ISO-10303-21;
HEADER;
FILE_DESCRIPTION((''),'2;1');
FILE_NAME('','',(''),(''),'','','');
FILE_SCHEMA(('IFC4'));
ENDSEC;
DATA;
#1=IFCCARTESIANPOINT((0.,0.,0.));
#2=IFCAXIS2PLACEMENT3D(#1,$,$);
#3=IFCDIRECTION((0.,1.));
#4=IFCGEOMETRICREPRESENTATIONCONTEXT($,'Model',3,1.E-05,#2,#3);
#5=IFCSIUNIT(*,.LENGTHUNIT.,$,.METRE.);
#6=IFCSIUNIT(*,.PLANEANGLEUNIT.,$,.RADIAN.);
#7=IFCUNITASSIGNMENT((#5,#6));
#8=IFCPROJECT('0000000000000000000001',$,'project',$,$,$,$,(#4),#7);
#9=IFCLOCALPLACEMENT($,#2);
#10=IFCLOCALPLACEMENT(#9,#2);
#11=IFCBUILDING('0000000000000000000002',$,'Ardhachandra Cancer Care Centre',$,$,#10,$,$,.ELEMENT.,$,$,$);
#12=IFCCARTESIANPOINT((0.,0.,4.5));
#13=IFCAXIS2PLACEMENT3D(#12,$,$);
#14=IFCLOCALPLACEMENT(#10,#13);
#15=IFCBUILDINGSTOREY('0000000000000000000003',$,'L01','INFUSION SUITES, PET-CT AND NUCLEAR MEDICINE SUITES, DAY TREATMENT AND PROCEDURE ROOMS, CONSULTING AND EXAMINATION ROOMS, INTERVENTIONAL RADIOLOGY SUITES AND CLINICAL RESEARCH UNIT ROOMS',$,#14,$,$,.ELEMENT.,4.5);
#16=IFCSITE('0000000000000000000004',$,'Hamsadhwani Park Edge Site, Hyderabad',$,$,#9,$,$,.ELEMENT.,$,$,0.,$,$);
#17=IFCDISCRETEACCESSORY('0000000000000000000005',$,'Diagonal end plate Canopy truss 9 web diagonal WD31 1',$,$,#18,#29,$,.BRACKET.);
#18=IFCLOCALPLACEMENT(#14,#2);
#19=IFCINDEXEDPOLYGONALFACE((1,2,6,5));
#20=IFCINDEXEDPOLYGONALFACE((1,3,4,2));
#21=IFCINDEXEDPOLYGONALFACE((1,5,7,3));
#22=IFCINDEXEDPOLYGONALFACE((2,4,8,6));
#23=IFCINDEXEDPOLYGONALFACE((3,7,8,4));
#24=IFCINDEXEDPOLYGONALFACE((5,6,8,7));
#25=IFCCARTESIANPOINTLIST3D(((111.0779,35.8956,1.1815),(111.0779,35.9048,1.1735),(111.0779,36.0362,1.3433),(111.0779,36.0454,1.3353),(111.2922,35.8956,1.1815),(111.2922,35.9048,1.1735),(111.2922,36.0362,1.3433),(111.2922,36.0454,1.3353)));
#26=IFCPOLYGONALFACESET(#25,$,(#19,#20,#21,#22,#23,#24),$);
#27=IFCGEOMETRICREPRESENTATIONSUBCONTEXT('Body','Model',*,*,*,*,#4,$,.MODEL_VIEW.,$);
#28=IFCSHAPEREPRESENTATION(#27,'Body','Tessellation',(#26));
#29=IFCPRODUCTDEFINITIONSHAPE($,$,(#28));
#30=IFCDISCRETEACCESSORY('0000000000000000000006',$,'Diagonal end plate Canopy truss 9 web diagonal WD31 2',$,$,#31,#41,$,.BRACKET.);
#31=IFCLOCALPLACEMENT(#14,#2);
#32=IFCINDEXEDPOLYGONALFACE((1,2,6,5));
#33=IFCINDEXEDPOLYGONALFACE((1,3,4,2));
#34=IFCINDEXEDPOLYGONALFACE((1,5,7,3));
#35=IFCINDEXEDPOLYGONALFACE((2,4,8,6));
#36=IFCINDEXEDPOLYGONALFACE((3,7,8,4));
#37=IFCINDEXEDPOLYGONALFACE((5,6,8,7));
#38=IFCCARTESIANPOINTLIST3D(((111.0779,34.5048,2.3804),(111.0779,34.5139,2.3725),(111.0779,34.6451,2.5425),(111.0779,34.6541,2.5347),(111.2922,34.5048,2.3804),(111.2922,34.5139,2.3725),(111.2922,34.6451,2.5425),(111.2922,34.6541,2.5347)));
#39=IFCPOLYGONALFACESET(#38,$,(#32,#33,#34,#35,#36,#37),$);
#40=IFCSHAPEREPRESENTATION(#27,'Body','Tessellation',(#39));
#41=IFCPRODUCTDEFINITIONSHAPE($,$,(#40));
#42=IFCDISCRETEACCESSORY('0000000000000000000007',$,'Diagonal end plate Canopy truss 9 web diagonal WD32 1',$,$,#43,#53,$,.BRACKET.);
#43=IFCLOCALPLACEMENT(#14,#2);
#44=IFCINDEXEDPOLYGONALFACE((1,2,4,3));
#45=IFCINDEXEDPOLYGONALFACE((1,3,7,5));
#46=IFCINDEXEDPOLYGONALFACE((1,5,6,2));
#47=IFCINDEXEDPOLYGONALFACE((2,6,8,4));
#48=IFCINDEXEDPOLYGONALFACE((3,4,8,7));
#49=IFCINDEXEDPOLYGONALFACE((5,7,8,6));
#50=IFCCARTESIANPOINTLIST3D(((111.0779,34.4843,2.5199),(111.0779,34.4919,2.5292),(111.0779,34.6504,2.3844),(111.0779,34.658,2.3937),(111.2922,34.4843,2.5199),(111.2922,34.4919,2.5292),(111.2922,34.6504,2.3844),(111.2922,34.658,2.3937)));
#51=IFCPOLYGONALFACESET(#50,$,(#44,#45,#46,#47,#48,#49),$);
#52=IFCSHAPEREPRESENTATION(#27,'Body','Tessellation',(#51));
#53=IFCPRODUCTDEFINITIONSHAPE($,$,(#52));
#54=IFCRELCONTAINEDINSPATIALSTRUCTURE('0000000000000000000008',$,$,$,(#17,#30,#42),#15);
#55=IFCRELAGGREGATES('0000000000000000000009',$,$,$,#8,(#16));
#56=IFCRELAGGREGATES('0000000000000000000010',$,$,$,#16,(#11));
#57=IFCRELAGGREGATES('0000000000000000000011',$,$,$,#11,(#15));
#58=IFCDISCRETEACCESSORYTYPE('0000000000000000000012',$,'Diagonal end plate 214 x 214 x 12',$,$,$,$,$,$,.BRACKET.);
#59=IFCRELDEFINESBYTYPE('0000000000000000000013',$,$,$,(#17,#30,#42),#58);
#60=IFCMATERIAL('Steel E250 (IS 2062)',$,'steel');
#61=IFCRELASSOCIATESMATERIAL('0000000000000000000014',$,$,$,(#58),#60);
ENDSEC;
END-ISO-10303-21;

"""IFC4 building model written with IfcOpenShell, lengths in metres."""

from ifc_helpers import new_model, si_unit, direction, frame, origin, origin_2d, place, context, subcontext, project, spatial, rectangle, extrude, material, material_profile, profile_set, type_object, element, save


model = new_model("IFC4")

# Units and contexts
model_context = context("Model", 3, precision=1e-05, world=origin(), true_north=direction((0.0, 1.0)))
body_context = subcontext(model_context, "Body", "Model", "MODEL_VIEW")
ifc_project = project(units=[si_unit("LENGTHUNIT", "METRE"), si_unit("PLANEANGLEUNIT", "RADIAN")], contexts=[model_context])

# Site, building, storey
site_placement = place(None, origin())
site = spatial("IfcSite", under=ifc_project, at=site_placement, Name="Hamsadhwani Park Edge Site, Hyderabad", CompositionType="ELEMENT", RefElevation=0.0)
building_placement = place(site_placement, origin())
building = spatial("IfcBuilding", under=site, at=building_placement, Name="Ardhachandra Cancer Care Centre", CompositionType="ELEMENT")
storey_placement = place(building_placement, frame((0.0, 0.0, 4.5)))
storey = spatial("IfcBuildingStorey", under=building, at=storey_placement, Name="L01", Description="INFUSION SUITES, PET-CT AND NUCLEAR MEDICINE SUITES, DAY TREATMENT AND PROCEDURE ROOMS, CONSULTING AND EXAMINATION ROOMS, INTERVENTIONAL RADIOLOGY SUITES AND CLINICAL RESEARCH UNIT ROOMS", CompositionType="ELEMENT", Elevation=4.5)

# Discrete accessories
ifc_material_1 = material(Name="Steel E250 (IS 2062)", Category="steel")
ifc_material_profile_1 = material_profile(ifc_material_1, rectangle(XDim=0.2144, YDim=0.2144, at=origin_2d()), Name="PL 214x214x12")
ifc_profile_set_1 = profile_set([ifc_material_profile_1], Name="Steel E250 (IS 2062)")
discrete_accessory_type = type_object("IfcDiscreteAccessoryType", Name="Diagonal end plate 214 x 214 x 12", PredefinedType="BRACKET", material=ifc_profile_set_1)
discrete_accessory_placement = place(storey_placement, frame((111.1851, 35.9751, 1.2544), z_axis=(0.0, -0.755033, 0.655687), x_axis=(1.0, 0.0, 0.0)))
element("IfcDiscreteAccessory", 1, at=discrete_accessory_placement, inside=storey, type_object=discrete_accessory_type, Name="Diagonal end plate Canopy truss 9 web diagonal WD31 1", PredefinedType="BRACKET", context=body_context, shape_type="SweptSolid", body=[
    extrude(rectangle(XDim=0.2144, YDim=0.2144, at=origin_2d()), origin(), (0.0, 0.0, 1.0), 0.0122),
])
for number, where, z_axis, x_axis, name in (
    (2, (111.1851, 34.575, 2.4614), (0.0, 0.756363, -0.654152), (-1.0, 0.0, 0.0), "Diagonal end plate Canopy truss 9 web diagonal WD31 2"),
    (3, (111.1851, 34.575, 2.4614), (0.0, -0.632127, -0.774865), (1.0, 0.0, 0.0), "Diagonal end plate Canopy truss 9 web diagonal WD32 1"),
):
    element("IfcDiscreteAccessory", number, at=place(storey_placement, frame(where, z_axis=z_axis, x_axis=x_axis)), inside=storey, type_object=discrete_accessory_type, Name=name, PredefinedType="BRACKET", context=body_context, shape_type="SweptSolid", body=[
        extrude(rectangle(XDim=0.2144, YDim=0.2144, at=origin_2d()), origin(), (0.0, 0.0, 1.0), 0.012),
    ])

save(model, "model.ifc")
